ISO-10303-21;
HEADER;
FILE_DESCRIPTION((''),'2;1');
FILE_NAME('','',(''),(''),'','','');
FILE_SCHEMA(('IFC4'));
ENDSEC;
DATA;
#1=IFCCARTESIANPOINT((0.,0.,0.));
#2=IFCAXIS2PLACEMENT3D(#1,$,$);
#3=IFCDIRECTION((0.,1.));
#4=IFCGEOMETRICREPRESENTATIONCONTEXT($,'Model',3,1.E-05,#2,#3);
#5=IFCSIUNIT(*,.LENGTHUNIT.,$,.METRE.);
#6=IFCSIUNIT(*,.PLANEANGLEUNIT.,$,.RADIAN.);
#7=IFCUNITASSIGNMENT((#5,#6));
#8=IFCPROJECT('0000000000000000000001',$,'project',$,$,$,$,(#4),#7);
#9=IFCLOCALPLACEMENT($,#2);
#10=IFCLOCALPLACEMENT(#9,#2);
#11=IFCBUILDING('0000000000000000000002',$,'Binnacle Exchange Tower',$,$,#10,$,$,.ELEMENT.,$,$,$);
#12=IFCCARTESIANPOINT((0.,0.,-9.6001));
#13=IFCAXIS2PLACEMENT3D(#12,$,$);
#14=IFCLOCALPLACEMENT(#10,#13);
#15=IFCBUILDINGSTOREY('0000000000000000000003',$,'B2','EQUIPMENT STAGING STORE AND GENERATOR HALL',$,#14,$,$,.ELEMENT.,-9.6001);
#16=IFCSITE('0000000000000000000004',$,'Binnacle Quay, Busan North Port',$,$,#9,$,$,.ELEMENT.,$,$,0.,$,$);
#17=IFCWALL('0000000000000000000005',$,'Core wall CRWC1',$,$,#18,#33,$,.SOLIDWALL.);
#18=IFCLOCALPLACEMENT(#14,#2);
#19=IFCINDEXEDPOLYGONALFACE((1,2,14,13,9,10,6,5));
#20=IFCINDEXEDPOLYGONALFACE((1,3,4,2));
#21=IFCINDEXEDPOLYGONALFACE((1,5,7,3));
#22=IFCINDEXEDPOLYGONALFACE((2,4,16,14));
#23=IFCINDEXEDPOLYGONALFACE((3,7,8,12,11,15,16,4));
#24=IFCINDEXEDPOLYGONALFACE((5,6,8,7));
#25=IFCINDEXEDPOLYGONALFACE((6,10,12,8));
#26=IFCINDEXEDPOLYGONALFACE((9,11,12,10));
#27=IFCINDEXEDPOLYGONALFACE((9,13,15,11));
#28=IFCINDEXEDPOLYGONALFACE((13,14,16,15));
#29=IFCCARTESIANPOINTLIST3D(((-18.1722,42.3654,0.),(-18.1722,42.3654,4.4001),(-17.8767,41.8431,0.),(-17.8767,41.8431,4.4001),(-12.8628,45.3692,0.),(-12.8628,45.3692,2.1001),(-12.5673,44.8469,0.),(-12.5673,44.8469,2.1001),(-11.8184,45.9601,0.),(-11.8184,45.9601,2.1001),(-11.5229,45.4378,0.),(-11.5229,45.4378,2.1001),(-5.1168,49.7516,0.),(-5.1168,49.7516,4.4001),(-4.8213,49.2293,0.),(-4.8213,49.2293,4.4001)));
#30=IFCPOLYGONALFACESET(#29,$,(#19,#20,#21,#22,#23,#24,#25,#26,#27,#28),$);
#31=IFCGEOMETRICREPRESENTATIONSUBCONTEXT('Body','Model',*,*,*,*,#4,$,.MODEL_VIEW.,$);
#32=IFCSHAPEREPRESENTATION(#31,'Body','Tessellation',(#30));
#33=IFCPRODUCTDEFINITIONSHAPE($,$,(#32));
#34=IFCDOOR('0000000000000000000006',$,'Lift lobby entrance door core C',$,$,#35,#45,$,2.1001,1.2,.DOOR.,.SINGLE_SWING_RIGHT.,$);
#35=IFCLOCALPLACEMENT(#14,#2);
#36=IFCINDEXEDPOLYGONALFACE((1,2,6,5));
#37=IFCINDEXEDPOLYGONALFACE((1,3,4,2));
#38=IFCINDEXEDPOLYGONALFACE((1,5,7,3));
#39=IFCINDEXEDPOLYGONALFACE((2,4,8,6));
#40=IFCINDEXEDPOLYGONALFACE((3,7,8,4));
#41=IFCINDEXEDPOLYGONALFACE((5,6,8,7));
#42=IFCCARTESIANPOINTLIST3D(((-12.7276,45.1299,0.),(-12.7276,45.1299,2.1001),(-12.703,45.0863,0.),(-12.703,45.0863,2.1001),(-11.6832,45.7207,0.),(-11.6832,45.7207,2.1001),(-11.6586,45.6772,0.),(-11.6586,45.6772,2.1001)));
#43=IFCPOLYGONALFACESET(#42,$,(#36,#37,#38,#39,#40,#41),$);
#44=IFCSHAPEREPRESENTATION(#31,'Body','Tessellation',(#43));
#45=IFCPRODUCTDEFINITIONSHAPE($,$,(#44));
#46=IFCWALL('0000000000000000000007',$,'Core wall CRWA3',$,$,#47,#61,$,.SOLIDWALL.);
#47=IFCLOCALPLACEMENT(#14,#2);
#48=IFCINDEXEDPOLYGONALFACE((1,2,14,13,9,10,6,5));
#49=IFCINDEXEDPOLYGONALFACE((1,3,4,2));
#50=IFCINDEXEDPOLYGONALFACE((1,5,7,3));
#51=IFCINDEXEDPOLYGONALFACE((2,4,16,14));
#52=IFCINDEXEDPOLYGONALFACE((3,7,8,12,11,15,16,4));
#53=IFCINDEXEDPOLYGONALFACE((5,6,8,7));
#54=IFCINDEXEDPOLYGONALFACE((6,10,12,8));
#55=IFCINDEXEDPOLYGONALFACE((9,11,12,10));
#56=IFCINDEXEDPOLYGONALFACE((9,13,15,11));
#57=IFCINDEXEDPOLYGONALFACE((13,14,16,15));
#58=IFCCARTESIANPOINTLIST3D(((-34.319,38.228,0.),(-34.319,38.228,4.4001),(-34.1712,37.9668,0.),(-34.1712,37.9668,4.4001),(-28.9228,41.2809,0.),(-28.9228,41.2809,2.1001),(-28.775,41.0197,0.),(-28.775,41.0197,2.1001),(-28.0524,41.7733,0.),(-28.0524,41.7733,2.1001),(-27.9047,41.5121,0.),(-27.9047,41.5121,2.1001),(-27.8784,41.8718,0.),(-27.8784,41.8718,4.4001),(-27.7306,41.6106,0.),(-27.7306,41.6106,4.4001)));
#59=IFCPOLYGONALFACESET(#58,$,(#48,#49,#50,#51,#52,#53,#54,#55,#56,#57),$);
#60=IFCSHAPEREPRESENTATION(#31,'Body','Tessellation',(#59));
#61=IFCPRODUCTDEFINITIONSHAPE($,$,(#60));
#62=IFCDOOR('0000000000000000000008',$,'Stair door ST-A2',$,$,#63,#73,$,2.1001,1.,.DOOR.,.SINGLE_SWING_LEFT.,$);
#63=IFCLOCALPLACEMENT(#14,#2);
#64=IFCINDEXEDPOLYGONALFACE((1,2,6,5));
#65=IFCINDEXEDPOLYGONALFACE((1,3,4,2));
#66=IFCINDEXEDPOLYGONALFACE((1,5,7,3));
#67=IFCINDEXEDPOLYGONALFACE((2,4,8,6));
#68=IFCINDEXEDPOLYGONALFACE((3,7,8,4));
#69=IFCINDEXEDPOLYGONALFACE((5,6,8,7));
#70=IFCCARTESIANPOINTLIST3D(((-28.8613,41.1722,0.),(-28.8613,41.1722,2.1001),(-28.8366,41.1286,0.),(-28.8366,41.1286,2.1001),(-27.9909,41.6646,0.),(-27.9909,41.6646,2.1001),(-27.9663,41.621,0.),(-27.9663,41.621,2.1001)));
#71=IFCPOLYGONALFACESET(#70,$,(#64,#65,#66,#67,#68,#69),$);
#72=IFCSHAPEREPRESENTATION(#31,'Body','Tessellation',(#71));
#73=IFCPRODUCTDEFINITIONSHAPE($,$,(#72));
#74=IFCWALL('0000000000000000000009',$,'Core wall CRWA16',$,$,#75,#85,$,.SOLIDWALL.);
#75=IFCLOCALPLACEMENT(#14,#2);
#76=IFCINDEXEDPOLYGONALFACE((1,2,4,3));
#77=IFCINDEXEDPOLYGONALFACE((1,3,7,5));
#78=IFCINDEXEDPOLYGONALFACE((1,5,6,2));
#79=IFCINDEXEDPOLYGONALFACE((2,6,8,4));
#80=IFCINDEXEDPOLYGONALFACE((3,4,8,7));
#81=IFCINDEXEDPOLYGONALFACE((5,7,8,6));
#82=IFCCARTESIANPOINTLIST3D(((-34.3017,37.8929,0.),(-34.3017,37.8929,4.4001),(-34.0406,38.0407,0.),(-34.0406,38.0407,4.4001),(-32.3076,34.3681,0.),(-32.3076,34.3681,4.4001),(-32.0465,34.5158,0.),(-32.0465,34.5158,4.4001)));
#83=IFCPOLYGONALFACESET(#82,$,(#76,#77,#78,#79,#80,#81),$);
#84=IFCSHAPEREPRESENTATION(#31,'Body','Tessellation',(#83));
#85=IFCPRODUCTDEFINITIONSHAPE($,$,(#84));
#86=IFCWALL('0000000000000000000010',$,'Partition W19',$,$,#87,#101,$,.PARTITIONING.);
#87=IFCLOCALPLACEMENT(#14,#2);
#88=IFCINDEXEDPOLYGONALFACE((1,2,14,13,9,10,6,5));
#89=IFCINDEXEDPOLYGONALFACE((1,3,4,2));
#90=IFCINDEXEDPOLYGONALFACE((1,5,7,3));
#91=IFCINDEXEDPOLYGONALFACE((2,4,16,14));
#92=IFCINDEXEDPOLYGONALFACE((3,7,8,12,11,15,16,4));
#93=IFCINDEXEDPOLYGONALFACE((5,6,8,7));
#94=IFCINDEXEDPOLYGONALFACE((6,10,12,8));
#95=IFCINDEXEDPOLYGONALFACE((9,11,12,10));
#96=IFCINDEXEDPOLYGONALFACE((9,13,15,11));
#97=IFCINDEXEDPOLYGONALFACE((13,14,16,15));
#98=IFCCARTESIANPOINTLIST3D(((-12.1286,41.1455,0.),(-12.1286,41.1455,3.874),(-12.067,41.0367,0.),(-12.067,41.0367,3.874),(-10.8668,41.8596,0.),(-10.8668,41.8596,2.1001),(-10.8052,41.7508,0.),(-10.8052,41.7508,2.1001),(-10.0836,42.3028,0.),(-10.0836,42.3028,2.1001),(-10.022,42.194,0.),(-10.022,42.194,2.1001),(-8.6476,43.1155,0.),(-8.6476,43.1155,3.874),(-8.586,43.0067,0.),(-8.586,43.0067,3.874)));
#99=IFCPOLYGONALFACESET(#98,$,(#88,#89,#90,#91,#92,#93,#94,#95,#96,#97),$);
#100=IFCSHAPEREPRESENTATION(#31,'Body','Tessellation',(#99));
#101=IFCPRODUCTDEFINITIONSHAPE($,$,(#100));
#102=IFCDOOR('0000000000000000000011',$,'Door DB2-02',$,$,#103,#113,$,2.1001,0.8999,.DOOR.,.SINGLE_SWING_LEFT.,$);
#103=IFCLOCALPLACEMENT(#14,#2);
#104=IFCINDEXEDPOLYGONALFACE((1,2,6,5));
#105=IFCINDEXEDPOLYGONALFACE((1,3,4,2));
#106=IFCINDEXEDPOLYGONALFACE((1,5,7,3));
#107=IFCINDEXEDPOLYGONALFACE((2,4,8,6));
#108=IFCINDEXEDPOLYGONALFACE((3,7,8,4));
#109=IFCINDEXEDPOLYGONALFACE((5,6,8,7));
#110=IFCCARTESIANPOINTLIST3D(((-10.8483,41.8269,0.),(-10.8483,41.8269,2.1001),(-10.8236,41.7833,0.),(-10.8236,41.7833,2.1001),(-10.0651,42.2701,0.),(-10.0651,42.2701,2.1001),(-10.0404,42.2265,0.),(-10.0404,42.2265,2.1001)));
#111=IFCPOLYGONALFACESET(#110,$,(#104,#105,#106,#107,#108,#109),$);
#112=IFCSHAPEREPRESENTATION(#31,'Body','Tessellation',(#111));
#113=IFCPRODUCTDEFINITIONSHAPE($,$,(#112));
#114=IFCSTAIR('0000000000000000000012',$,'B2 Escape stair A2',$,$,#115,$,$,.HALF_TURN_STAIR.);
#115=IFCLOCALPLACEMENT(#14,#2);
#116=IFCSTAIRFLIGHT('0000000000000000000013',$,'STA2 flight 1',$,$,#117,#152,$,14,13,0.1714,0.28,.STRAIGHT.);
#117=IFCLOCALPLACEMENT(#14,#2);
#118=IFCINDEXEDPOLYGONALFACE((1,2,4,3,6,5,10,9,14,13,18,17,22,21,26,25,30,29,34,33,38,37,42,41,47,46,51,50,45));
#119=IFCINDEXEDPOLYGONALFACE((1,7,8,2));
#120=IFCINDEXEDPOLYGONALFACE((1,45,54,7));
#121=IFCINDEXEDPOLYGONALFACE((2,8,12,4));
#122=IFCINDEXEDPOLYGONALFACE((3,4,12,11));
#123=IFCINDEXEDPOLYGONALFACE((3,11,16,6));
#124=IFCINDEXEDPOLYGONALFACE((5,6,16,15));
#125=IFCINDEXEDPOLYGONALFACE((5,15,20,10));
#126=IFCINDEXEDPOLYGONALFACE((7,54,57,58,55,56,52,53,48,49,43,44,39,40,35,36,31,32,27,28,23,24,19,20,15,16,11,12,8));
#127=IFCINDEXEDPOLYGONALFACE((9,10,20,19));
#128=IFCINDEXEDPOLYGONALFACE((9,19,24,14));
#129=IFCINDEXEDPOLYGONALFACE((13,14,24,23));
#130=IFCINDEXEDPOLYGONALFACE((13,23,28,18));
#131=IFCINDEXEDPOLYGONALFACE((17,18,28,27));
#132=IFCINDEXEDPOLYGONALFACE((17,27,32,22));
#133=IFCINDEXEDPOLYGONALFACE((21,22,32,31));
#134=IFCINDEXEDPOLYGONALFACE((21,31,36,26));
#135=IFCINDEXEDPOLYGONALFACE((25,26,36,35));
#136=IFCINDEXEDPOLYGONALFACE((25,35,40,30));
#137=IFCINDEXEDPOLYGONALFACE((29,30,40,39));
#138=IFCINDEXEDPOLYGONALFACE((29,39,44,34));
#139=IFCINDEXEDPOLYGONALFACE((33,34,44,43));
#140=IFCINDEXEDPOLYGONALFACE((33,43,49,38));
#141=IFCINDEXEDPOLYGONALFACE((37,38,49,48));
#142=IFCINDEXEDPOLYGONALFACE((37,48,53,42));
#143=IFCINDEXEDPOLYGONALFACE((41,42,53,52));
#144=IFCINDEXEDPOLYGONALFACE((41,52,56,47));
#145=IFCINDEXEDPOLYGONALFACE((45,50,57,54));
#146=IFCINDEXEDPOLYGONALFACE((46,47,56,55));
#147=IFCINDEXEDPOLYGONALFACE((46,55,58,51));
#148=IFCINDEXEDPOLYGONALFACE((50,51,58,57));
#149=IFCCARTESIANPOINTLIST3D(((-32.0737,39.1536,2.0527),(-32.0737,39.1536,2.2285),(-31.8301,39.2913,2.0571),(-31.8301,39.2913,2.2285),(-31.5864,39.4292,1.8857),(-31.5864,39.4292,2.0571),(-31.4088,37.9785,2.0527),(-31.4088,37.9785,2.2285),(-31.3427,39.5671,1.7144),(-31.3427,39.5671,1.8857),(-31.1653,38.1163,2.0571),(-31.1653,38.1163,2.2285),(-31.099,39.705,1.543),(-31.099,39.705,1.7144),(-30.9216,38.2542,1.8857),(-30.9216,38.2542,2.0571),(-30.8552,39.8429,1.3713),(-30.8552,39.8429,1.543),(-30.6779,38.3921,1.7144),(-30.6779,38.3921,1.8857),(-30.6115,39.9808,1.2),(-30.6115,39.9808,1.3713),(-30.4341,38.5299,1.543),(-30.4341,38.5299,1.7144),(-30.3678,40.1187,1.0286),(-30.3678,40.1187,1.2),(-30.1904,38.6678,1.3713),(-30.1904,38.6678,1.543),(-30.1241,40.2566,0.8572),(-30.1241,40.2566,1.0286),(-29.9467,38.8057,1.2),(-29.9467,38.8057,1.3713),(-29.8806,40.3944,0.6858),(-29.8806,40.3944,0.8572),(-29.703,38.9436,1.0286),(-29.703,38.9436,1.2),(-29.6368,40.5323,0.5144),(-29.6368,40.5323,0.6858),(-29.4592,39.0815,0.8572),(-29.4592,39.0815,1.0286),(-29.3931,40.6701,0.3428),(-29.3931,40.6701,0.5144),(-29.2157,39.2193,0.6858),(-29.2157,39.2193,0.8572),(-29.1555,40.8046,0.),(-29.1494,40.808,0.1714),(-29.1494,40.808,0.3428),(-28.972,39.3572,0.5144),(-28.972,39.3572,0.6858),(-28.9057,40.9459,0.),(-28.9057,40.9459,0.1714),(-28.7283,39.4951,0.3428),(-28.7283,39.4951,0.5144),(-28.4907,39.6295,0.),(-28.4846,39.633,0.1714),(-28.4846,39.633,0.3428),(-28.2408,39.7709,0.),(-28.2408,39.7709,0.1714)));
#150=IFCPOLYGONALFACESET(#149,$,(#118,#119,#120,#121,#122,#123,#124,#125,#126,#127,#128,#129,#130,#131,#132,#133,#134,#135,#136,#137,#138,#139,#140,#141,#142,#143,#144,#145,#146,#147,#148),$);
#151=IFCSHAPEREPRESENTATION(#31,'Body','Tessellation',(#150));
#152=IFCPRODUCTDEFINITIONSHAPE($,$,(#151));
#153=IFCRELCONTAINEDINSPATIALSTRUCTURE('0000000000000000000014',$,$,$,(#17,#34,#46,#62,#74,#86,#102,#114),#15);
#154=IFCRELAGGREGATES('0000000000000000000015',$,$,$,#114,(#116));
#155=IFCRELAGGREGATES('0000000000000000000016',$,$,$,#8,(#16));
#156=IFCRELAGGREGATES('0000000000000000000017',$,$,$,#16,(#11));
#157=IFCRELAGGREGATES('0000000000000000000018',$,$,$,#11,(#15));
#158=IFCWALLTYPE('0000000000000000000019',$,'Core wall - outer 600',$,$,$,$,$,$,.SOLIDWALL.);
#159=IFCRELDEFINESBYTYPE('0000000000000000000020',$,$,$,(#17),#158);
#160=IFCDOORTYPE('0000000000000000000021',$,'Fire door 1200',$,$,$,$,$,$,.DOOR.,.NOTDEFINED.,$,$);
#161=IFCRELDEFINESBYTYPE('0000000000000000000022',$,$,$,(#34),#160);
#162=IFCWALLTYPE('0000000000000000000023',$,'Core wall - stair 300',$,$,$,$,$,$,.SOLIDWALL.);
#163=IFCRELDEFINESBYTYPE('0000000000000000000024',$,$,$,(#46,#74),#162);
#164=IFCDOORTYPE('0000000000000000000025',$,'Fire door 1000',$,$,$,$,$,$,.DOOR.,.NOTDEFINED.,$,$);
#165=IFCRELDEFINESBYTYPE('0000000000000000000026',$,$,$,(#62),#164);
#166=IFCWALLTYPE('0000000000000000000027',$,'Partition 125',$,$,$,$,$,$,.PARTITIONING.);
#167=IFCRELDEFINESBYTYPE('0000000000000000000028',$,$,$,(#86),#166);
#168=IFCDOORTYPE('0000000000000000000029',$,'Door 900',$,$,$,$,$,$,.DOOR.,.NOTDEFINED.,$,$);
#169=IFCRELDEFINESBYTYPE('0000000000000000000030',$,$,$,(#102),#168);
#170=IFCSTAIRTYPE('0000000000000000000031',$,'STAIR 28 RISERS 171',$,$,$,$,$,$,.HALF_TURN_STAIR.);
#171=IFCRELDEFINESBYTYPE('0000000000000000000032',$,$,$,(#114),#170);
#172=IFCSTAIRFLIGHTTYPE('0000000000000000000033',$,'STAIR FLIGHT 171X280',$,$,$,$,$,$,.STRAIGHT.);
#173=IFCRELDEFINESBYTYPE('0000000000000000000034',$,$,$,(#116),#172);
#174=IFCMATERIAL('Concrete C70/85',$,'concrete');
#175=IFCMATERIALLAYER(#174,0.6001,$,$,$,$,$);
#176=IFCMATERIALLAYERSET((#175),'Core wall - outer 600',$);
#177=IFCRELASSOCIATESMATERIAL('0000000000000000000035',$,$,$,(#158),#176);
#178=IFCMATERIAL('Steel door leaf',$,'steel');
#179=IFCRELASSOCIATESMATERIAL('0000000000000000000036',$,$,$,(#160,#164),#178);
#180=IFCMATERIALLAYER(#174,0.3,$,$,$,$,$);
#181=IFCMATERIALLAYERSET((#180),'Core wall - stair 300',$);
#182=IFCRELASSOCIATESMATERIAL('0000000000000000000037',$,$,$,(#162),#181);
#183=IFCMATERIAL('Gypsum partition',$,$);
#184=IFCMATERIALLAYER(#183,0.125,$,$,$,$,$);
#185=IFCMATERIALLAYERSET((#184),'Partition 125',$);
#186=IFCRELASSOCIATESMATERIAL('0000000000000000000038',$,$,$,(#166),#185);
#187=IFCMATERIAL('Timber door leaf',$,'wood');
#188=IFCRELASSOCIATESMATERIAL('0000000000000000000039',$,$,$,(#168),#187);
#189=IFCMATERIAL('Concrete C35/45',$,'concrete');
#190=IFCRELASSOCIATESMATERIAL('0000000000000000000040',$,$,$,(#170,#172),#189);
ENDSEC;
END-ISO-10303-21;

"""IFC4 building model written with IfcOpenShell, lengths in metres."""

from ifc_helpers import new_model, si_unit, direction, frame, frame_2d, origin, place, context, subcontext, project, spatial, polyline, rectangle, outline, extrude, material, layer, layer_set, type_object, element, fill, aggregate, save


model = new_model("IFC4")

# Units and contexts
model_context = context("Model", 3, precision=1e-05, world=origin(), true_north=direction((0.0, 1.0)))
body_context = subcontext(model_context, "Body", "Model", "MODEL_VIEW")
ifc_project = project(units=[si_unit("LENGTHUNIT", "METRE"), si_unit("PLANEANGLEUNIT", "RADIAN")], contexts=[model_context])

# Site, building, storey
site_placement = place(None, origin())
site = spatial("IfcSite", under=ifc_project, at=site_placement, Name="Binnacle Quay, Busan North Port", CompositionType="ELEMENT", RefElevation=0.0)
building_placement = place(site_placement, origin())
building = spatial("IfcBuilding", under=site, at=building_placement, Name="Binnacle Exchange Tower", CompositionType="ELEMENT")
storey_placement = place(building_placement, frame((0.0, 0.0, -9.6001)))
storey = spatial("IfcBuildingStorey", under=building, at=storey_placement, Name="B2", Description="EQUIPMENT STAGING STORE AND GENERATOR HALL", CompositionType="ELEMENT", Elevation=-9.6001)

# Shared definitions
ifc_material_1 = material(Name="Concrete C70/85", Category="concrete")

# Shared definitions
ifc_material_2 = material(Name="Steel door leaf", Category="steel")

# Walls, openings, doors
ifc_layer_1 = layer(ifc_material_1, 0.6001)
ifc_layer_set_1 = layer_set([ifc_layer_1], Name="Core wall - outer 600")
wall_type_1 = type_object("IfcWallType", Name="Core wall - outer 600", PredefinedType="SOLIDWALL", material=ifc_layer_set_1)
wall_1_placement = place(storey_placement, frame((-18.0244, 42.1042, 0.0), z_axis=(0.0, 0.0, 1.0), x_axis=(0.870361, 0.492415, 0.0)))
wall_1 = element("IfcWall", 1, at=wall_1_placement, inside=storey, type_object=wall_type_1, Name="Core wall CRWC1", PredefinedType="SOLIDWALL", context=body_context, shape_type="SweptSolid", body=[
    extrude(rectangle(XDim=15.0, YDim=0.6001, at=frame_2d((7.5, 0.0))), origin(), (0.0, 0.0, 1.0), 4.4001),
])
opening_1_placement = place(wall_1_placement, frame((6.1001, 0.0, 0.0)))
opening_1 = element("IfcOpeningElement", 2, at=opening_1_placement, cuts=wall_1, PredefinedType="OPENING", context=body_context, shape_type="SweptSolid", body=[
    extrude(rectangle(XDim=1.2, YDim=2.1001, at=frame_2d((0.6001, 1.05))), frame((0.0, 0.3101, 0.0), z_axis=(0.0, -1.0, 0.0), x_axis=(1.0, 0.0, 0.0)), (0.0, 0.0, 1.0), 0.6201),
])
door_type_1 = type_object("IfcDoorType", Name="Fire door 1200", OperationType="NOTDEFINED", PredefinedType="DOOR", material=ifc_material_2)
door_1_placement = place(opening_1_placement, frame((1.2, 0.0, 0.0), z_axis=(0.0, 0.0, 1.0), x_axis=(-1.0, 0.0, 0.0)))
door_1 = element("IfcDoor", 3, at=door_1_placement, inside=storey, type_object=door_type_1, Name="Lift lobby entrance door core C", OperationType="SINGLE_SWING_RIGHT", OverallHeight=2.1001, OverallWidth=1.2, PredefinedType="DOOR", context=body_context, shape_type="SweptSolid", body=[
    extrude(rectangle(XDim=1.2, YDim=2.1001, at=frame_2d((0.6001, 1.05))), frame((0.0, 0.0249, 0.0), z_axis=(0.0, -1.0, 0.0), x_axis=(1.0, 0.0, 0.0)), (0.0, 0.0, 1.0), 0.05),
])
fill(opening_1, door_1)
ifc_layer_2 = layer(ifc_material_1, 0.3)
ifc_layer_set_2 = layer_set([ifc_layer_2], Name="Core wall - stair 300")
wall_type_2 = type_object("IfcWallType", Name="Core wall - stair 300", PredefinedType="SOLIDWALL", material=ifc_layer_set_2)
wall_2_placement = place(storey_placement, frame((-34.2451, 38.0974, 0.0), z_axis=(0.0, 0.0, 1.0), x_axis=(0.870365, 0.492407, 0.0)))
wall_2 = element("IfcWall", 4, at=wall_2_placement, inside=storey, type_object=wall_type_2, Name="Core wall CRWA3", PredefinedType="SOLIDWALL", context=body_context, shape_type="SweptSolid", body=[
    extrude(rectangle(XDim=7.3999, YDim=0.3, at=frame_2d((3.7, 0.0))), origin(), (0.0, 0.0, 1.0), 4.4001),
])
opening_2_placement = place(wall_2_placement, frame((6.2, 0.0, 0.0)))
opening_2 = element("IfcOpeningElement", 5, at=opening_2_placement, cuts=wall_2, PredefinedType="OPENING", context=body_context, shape_type="SweptSolid", body=[
    extrude(rectangle(XDim=1.0, YDim=2.1001, at=frame_2d((0.5, 1.05))), frame((0.0, 0.1599, 0.0), z_axis=(0.0, -1.0, 0.0), x_axis=(1.0, 0.0, 0.0)), (0.0, 0.0, 1.0), 0.3201),
])
door_type_2 = type_object("IfcDoorType", Name="Fire door 1000", OperationType="NOTDEFINED", PredefinedType="DOOR", material=ifc_material_2)
door_2_placement = place(opening_2_placement, frame((1.0, 0.0, 0.0), z_axis=(0.0, 0.0, 1.0), x_axis=(-1.0, 0.0, 0.0)))
door_2 = element("IfcDoor", 6, at=door_2_placement, inside=storey, type_object=door_type_2, Name="Stair door ST-A2", OperationType="SINGLE_SWING_LEFT", OverallHeight=2.1001, OverallWidth=1.0, PredefinedType="DOOR", context=body_context, shape_type="SweptSolid", body=[
    extrude(rectangle(XDim=1.0, YDim=2.1001, at=frame_2d((0.5, 1.05))), frame((0.0, 0.0249, 0.0), z_axis=(0.0, -1.0, 0.0), x_axis=(1.0, 0.0, 0.0)), (0.0, 0.0, 1.0), 0.05),
])
fill(opening_2, door_2)

# Wall
wall_3_placement = place(storey_placement, frame((-34.1711, 37.9668, 0.0), z_axis=(0.0, 0.0, 1.0), x_axis=(0.492395, -0.870372, 0.0)))
element("IfcWall", 7, at=wall_3_placement, inside=storey, type_object=wall_type_2, Name="Core wall CRWA16", PredefinedType="SOLIDWALL", context=body_context, shape_type="SweptSolid", body=[
    extrude(rectangle(XDim=4.0498, YDim=0.3, at=frame_2d((2.0249, 0.0))), origin(), (0.0, 0.0, 1.0), 4.4001),
])

# Wall, opening, door
ifc_material_3 = material(Name="Gypsum partition")
ifc_layer_3 = layer(ifc_material_3, 0.125)
ifc_layer_set_3 = layer_set([ifc_layer_3], Name="Partition 125")
wall_type_3 = type_object("IfcWallType", Name="Partition 125", PredefinedType="PARTITIONING", material=ifc_layer_set_3)
wall_4_placement = place(storey_placement, frame((-12.0979, 41.0911, 0.0), z_axis=(0.0, 0.0, 1.0), x_axis=(0.870298, 0.492526, 0.0)))
wall_4 = element("IfcWall", 8, at=wall_4_placement, inside=storey, type_object=wall_type_3, Name="Partition W19", PredefinedType="PARTITIONING", context=body_context, shape_type="SweptSolid", body=[
    extrude(rectangle(XDim=3.9998, YDim=0.125, at=frame_2d((2.0, 0.0))), origin(), (0.0, 0.0, 1.0), 3.874),
])
opening_3_placement = place(wall_4_placement, frame((1.45, 0.0, 0.0)))
opening_3 = element("IfcOpeningElement", 9, at=opening_3_placement, cuts=wall_4, PredefinedType="OPENING", context=body_context, shape_type="SweptSolid", body=[
    extrude(rectangle(XDim=0.8999, YDim=2.1001, at=frame_2d((0.45, 1.05))), frame((0.0, 0.0725, 0.0), z_axis=(0.0, -1.0, 0.0), x_axis=(1.0, 0.0, 0.0)), (0.0, 0.0, 1.0), 0.145),
])
ifc_material_4 = material(Name="Timber door leaf", Category="wood")
door_type_3 = type_object("IfcDoorType", Name="Door 900", OperationType="NOTDEFINED", PredefinedType="DOOR", material=ifc_material_4)
door_3_placement = place(opening_3_placement, origin())
door_3 = element("IfcDoor", 10, at=door_3_placement, inside=storey, type_object=door_type_3, Name="Door DB2-02", OperationType="SINGLE_SWING_LEFT", OverallHeight=2.1001, OverallWidth=0.8999, PredefinedType="DOOR", context=body_context, shape_type="SweptSolid", body=[
    extrude(rectangle(XDim=0.8999, YDim=2.1001, at=frame_2d((0.45, 1.05))), frame((0.0, 0.0249, 0.0), z_axis=(0.0, -1.0, 0.0), x_axis=(1.0, 0.0, 0.0)), (0.0, 0.0, 1.0), 0.05),
])
fill(opening_3, door_3)

# Stair, stair flight
ifc_material_5 = material(Name="Concrete C35/45", Category="concrete")
stair_type = type_object("IfcStairType", Name="STAIR 28 RISERS 171", PredefinedType="HALF_TURN_STAIR", material=ifc_material_5)
stair_placement = place(storey_placement, origin())
stair = element("IfcStair", 11, at=stair_placement, inside=storey, type_object=stair_type, Name="B2 Escape stair A2", PredefinedType="HALF_TURN_STAIR")
stair_flight_type = type_object("IfcStairFlightType", Name="STAIR FLIGHT 171X280", PredefinedType="STRAIGHT", material=ifc_material_5)
stair_flight_1_placement = place(storey_placement, frame((-28.5732, 40.3584, 0.0), z_axis=(0.0, 0.0, 1.0), x_axis=(-0.870356, -0.492424, 0.0)))
stair_flight_1 = element("IfcStairFlight", 12, at=stair_flight_1_placement, type_object=stair_flight_type, Name="STA2 flight 1", NumberOfRisers=14, NumberOfTreads=13, PredefinedType="STRAIGHT", RiserHeight=0.1714, TreadLength=0.28, context=body_context, shape_type="SweptSolid", body=[
    extrude(outline(polyline([(0.0, 0.0), (0.0, 0.1714), (0.28, 0.1714), (0.28, 0.3428), (0.5601, 0.3428), (0.5601, 0.5144), (0.8401, 0.5144), (0.8401, 0.6858), (1.1201, 0.6858), (1.1201, 0.8572), (1.3999, 0.8572), (1.3999, 1.0286), (1.6799, 1.0286), (1.6799, 1.2), (1.96, 1.2), (1.96, 1.3713), (2.24, 1.3713), (2.24, 1.543), (2.52, 1.543), (2.52, 1.7144), (2.8, 1.7144), (2.8, 1.8857), (3.0801, 1.8857), (3.0801, 2.0571), (3.3601, 2.0571), (3.3601, 2.2285), (3.6399, 2.2285), (3.6399, 2.3999), (3.6399, 2.0527), (0.2871, 0.0), (0.0, 0.0)])), frame((0.0, 0.675, 0.0), z_axis=(0.0, -1.0, 0.0), x_axis=(1.0, 0.0, 0.0)), (0.0, 0.0, 1.0), 1.3501),
])
aggregate(stair, [stair_flight_1])

save(model, "model.ifc")
